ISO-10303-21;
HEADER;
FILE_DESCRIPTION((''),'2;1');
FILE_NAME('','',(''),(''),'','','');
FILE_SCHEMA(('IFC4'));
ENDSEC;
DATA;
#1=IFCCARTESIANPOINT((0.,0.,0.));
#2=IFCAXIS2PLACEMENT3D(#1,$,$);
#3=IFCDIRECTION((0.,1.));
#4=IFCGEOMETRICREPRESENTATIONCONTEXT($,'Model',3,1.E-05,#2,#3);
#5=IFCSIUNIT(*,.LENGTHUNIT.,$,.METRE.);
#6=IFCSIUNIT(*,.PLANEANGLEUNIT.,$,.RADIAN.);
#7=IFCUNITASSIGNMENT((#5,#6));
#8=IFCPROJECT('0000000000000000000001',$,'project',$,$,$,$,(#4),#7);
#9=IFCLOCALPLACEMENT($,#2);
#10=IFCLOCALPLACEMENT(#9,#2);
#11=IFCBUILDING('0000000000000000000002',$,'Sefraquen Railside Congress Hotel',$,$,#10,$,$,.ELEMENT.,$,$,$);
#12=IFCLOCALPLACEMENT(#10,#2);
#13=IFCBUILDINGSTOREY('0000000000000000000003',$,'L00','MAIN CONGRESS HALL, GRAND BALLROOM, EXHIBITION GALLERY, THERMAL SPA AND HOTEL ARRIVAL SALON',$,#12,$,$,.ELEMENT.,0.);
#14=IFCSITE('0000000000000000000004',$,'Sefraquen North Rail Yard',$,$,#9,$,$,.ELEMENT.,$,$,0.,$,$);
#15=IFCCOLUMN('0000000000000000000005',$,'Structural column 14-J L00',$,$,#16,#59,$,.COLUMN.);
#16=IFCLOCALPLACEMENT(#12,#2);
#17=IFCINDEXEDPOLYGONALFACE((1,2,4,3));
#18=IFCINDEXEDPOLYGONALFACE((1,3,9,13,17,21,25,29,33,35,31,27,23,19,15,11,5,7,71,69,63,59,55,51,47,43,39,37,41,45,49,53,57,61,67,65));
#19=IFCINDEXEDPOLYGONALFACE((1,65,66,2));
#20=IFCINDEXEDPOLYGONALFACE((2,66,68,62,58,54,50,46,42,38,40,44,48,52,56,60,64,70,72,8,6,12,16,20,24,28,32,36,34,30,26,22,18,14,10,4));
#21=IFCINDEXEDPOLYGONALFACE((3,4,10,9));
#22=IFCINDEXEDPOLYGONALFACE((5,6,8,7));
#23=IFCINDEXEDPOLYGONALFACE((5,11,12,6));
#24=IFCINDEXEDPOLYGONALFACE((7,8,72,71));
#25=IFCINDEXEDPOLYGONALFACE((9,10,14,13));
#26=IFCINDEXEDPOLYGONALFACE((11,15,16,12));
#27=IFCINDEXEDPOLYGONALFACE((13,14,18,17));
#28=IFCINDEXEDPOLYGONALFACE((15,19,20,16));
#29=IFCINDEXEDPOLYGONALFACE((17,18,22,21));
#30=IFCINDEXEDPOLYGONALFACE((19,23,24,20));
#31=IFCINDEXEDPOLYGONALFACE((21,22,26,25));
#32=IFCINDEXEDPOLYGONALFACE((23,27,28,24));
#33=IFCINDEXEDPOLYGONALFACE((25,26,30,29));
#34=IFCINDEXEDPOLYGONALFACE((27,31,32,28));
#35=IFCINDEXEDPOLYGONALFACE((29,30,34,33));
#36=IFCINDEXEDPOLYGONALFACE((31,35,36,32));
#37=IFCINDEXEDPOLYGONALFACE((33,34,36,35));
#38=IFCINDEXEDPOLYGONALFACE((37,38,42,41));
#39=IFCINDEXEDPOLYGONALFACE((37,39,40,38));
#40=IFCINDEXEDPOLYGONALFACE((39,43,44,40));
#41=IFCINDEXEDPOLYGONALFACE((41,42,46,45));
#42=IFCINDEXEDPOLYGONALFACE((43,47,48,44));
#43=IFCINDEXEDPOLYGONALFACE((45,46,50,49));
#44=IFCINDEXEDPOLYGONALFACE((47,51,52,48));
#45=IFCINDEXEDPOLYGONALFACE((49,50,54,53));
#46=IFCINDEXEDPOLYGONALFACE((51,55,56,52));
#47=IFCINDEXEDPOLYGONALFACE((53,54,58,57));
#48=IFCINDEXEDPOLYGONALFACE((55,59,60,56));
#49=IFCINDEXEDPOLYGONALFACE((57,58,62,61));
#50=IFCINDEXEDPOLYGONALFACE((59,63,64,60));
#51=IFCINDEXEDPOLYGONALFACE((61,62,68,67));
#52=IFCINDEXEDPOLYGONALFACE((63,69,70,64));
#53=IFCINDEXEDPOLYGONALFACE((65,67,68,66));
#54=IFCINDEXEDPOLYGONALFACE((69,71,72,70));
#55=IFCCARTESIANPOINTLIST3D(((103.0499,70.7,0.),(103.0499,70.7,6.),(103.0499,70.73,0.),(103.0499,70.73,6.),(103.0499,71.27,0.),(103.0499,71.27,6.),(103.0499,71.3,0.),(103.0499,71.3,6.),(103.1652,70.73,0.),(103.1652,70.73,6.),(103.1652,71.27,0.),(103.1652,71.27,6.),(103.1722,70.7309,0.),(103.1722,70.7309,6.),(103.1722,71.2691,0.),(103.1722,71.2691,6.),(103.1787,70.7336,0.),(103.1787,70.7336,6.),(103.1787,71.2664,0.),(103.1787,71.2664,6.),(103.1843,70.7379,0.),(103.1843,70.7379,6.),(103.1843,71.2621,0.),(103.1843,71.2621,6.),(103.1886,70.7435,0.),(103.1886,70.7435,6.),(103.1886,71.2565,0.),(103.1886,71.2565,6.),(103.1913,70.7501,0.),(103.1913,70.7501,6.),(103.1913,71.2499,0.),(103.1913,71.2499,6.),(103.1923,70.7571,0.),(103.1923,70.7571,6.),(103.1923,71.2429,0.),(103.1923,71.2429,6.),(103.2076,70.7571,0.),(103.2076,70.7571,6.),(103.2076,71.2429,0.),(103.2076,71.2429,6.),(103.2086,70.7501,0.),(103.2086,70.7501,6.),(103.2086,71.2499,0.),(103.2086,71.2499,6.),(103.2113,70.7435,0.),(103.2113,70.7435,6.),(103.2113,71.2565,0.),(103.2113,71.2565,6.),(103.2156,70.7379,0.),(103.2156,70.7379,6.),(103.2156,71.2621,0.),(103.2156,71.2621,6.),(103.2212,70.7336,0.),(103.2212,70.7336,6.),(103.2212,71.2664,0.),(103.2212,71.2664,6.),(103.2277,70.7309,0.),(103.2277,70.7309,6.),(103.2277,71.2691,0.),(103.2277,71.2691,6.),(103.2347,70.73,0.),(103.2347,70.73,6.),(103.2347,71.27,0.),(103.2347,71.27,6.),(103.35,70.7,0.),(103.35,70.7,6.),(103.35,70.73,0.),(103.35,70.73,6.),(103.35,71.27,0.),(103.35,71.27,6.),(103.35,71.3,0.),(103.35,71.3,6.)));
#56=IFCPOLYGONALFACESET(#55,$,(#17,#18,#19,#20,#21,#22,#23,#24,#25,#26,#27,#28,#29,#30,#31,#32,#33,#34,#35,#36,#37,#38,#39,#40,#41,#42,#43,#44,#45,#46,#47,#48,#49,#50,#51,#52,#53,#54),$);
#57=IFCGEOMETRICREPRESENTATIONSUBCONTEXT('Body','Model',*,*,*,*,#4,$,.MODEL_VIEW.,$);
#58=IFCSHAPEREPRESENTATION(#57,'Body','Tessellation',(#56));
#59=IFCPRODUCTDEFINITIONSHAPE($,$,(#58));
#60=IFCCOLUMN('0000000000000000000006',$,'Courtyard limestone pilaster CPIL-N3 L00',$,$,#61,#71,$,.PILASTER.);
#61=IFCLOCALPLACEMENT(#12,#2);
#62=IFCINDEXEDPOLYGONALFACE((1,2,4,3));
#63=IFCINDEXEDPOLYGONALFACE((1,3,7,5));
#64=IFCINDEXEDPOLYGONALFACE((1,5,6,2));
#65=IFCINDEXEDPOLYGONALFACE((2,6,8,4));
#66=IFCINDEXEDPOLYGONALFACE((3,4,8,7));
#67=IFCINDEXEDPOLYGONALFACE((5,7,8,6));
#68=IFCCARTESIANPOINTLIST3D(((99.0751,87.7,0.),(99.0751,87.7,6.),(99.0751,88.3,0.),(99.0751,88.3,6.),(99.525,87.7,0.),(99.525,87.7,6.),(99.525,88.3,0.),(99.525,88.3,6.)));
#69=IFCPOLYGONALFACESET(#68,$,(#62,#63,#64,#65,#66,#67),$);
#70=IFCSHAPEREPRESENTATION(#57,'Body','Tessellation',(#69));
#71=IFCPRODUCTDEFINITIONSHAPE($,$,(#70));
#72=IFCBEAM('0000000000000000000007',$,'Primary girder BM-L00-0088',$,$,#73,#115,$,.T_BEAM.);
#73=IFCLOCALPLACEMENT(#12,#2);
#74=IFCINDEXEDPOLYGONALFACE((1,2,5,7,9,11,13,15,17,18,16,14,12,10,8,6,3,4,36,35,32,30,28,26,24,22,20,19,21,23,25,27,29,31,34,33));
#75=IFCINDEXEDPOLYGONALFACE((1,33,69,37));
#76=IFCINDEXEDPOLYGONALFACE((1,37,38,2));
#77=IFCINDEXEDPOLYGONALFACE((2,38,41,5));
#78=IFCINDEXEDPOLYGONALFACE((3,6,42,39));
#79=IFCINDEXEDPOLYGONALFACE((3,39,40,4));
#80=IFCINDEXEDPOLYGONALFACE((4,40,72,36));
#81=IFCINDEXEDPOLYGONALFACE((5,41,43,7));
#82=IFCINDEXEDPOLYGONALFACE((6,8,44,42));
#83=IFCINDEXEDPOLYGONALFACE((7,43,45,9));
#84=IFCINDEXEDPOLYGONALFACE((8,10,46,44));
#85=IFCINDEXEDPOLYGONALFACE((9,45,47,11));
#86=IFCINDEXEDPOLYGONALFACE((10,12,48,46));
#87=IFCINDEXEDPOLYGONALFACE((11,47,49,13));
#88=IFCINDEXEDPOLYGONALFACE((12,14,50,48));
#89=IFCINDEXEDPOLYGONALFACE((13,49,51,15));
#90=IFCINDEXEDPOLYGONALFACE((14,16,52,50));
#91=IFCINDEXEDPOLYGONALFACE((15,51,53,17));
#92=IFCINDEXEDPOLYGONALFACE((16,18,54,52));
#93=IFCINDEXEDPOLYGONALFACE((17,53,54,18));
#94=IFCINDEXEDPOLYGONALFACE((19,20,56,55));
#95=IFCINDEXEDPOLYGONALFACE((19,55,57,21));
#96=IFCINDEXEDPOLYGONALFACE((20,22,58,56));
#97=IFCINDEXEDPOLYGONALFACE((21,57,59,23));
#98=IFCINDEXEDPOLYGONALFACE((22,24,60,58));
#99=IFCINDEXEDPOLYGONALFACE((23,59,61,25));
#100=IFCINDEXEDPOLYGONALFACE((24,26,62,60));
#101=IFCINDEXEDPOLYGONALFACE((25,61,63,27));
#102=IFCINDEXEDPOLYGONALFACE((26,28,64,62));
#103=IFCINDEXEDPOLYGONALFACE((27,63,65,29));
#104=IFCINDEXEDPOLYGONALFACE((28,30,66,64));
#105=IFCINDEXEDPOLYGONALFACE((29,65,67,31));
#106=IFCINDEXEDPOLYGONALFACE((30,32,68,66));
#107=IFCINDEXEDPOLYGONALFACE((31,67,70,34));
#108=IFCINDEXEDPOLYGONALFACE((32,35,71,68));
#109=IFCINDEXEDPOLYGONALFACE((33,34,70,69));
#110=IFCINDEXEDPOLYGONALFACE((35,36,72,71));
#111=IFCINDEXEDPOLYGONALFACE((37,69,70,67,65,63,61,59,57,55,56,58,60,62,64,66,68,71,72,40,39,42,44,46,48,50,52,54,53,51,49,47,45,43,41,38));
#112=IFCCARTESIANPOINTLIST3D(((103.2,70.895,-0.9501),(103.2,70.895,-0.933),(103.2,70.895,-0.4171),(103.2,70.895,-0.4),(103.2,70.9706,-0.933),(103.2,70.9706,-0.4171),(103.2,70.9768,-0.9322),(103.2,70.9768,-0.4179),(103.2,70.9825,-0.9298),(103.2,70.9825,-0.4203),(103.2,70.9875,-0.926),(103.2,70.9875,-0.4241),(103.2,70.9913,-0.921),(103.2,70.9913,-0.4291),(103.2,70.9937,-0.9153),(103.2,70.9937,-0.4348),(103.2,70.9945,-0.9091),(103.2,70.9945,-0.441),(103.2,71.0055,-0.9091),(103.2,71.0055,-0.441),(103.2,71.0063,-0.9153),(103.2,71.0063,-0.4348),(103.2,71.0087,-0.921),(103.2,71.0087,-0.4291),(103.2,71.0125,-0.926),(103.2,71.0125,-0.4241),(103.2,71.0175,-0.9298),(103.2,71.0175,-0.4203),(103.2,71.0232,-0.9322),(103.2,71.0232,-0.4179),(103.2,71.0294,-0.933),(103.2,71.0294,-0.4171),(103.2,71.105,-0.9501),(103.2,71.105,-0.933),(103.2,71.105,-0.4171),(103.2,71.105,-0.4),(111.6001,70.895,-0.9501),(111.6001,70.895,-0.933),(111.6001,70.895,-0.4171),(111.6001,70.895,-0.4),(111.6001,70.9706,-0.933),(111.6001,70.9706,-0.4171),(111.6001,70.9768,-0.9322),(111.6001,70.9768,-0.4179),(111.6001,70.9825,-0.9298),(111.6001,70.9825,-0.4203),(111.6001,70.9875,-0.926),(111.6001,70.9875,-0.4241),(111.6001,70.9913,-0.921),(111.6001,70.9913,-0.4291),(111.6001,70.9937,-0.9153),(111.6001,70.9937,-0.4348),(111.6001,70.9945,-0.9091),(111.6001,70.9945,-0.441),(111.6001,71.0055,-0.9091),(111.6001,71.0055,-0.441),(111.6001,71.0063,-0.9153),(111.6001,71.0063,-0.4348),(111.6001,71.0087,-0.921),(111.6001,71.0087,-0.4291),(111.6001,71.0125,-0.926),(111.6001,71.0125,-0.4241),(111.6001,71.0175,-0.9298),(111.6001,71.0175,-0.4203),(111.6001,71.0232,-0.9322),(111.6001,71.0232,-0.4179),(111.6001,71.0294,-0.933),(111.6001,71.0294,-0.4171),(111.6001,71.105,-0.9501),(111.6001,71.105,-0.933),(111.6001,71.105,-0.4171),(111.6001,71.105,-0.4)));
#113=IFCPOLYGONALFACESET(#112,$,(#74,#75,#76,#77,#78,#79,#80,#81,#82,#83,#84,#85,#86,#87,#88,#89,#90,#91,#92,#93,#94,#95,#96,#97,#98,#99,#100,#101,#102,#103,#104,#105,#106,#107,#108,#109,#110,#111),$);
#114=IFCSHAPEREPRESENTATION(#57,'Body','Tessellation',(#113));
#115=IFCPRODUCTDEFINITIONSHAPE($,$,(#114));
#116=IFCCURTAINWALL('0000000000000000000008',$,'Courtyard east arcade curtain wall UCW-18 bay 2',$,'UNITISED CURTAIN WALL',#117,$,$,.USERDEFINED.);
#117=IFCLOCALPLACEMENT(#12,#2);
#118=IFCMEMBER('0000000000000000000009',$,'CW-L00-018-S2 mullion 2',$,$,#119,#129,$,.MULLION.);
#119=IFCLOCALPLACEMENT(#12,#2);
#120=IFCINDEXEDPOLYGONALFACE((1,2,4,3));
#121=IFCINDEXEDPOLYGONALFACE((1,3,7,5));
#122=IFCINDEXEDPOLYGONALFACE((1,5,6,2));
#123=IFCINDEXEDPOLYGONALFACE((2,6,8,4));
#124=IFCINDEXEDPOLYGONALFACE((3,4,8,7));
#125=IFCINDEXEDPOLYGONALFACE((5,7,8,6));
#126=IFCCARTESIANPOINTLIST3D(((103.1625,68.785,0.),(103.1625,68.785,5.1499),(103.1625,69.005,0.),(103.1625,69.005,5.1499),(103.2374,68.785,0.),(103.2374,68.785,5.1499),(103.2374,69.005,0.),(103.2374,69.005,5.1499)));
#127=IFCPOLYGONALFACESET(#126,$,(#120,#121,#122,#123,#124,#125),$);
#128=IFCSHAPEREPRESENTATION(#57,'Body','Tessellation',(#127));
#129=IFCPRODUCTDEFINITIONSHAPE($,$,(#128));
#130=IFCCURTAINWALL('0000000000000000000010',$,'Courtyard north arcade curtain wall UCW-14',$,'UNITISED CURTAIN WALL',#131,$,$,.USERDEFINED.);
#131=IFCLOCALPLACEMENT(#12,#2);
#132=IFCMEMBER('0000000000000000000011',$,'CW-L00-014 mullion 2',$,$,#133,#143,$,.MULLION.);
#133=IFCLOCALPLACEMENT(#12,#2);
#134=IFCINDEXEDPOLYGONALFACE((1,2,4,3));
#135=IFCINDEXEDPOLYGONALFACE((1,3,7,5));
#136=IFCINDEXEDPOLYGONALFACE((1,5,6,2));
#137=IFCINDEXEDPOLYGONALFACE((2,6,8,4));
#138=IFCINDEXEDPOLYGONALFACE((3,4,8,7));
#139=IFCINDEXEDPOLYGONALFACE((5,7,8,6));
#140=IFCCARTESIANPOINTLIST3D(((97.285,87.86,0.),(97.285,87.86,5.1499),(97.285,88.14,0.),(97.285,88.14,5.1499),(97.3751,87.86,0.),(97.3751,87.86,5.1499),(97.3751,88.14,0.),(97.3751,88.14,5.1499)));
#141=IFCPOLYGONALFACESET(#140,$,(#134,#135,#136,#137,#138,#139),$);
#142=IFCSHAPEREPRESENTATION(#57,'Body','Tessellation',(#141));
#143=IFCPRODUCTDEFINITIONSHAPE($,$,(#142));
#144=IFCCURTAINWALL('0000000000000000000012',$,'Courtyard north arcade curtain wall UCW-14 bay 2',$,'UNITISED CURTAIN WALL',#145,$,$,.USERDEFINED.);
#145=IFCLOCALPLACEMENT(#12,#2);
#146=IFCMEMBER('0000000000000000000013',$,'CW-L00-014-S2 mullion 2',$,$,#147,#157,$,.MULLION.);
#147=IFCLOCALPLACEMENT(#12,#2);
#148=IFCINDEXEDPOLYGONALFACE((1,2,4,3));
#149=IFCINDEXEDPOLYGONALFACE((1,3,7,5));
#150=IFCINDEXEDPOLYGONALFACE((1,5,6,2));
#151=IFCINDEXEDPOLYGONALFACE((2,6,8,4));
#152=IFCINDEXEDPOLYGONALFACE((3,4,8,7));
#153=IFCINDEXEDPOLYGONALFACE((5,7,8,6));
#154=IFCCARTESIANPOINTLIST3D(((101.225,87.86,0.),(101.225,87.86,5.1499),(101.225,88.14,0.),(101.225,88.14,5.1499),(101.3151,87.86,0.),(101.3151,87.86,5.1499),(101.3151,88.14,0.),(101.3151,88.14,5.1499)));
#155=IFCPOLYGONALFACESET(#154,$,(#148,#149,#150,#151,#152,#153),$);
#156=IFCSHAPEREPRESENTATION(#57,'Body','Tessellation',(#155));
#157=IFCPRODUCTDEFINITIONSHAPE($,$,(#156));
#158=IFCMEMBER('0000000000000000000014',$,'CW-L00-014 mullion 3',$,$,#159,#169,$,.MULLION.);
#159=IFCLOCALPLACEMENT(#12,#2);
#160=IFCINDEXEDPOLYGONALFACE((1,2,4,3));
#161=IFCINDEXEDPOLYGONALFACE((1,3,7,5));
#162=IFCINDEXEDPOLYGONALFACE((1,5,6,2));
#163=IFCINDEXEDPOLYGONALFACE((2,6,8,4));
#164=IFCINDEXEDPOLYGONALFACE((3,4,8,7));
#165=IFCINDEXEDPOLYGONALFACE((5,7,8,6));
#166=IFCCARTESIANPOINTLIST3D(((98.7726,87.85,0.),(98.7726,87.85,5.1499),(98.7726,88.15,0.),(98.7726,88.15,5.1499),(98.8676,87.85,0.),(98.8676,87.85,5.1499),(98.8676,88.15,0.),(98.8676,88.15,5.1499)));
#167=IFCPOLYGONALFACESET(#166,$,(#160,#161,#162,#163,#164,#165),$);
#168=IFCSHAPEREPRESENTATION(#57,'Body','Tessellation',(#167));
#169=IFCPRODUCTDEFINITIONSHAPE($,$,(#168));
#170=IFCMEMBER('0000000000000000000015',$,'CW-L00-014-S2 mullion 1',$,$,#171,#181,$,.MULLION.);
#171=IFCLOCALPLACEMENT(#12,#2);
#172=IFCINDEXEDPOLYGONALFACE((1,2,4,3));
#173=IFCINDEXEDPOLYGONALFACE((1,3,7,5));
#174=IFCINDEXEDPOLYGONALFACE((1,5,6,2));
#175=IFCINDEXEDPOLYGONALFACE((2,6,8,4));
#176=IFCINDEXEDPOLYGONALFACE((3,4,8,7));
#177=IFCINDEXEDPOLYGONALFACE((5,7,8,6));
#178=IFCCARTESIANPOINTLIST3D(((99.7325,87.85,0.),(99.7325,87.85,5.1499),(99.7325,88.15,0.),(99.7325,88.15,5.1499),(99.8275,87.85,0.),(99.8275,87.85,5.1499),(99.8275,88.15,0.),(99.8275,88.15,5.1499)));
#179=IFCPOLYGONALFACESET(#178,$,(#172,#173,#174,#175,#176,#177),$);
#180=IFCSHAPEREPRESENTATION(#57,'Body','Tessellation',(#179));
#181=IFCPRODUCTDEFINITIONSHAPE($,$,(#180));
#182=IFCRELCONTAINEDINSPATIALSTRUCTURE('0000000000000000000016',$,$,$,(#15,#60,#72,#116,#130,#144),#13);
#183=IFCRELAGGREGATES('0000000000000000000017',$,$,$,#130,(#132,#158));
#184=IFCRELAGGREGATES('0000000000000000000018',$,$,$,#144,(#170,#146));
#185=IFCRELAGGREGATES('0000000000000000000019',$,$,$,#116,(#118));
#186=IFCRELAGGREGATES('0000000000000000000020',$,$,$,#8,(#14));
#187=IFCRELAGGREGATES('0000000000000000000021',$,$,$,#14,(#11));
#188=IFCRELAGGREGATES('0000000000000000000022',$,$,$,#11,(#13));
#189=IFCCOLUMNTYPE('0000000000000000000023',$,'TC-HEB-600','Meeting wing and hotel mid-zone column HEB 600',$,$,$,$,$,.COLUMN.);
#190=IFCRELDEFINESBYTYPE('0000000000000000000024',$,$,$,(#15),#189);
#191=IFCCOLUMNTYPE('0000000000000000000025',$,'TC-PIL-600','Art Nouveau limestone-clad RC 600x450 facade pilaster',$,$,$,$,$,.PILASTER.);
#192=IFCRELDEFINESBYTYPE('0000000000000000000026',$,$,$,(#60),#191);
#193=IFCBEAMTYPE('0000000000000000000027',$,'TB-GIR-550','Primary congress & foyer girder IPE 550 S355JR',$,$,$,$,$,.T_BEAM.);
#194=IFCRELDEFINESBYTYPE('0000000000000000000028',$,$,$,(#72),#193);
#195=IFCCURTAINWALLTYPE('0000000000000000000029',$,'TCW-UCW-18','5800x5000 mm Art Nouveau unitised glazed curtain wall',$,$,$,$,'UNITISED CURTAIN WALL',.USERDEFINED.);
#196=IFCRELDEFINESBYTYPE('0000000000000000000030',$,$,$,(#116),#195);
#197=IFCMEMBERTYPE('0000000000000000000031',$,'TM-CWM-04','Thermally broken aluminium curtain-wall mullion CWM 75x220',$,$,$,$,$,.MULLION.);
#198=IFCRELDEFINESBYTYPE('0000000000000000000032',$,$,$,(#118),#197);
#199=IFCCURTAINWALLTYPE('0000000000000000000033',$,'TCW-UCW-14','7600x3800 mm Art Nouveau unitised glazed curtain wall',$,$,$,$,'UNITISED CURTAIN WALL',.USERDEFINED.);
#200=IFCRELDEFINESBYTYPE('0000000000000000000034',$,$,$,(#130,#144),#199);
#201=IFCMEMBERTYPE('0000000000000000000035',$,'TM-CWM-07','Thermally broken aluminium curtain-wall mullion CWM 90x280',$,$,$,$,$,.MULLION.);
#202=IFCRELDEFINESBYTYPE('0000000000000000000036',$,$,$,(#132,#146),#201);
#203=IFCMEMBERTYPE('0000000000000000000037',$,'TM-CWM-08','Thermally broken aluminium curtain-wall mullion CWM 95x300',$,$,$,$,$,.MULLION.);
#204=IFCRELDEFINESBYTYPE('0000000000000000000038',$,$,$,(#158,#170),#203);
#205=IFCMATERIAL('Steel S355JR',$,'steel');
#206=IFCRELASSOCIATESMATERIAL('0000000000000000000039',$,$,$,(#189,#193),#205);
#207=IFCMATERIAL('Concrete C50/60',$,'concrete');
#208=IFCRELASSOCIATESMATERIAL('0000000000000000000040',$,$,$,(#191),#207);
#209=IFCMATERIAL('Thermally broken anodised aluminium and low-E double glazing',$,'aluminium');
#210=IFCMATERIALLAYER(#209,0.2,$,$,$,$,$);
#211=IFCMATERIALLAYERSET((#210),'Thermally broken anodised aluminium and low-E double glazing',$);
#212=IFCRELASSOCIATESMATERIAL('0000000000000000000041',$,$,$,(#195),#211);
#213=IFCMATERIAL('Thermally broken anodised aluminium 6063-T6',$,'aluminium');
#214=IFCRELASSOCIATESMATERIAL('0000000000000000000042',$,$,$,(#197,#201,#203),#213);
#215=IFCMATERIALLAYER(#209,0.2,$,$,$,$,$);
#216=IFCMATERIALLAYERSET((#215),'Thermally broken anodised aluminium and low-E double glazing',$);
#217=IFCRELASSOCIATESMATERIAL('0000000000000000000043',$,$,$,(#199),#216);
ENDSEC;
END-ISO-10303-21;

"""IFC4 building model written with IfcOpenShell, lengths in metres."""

from ifc_helpers import new_model, si_unit, direction, frame, origin, origin_2d, place, context, subcontext, project, spatial, rectangle, i_section, extrude, material, layer, layer_set, material_profile, profile_set, type_object, element, aggregate, save


model = new_model("IFC4")

# Units and contexts
model_context = context("Model", 3, precision=1e-05, world=origin(), true_north=direction((0.0, 1.0)))
body_context = subcontext(model_context, "Body", "Model", "MODEL_VIEW")
ifc_project = project(units=[si_unit("LENGTHUNIT", "METRE"), si_unit("PLANEANGLEUNIT", "RADIAN")], contexts=[model_context])

# Site, building, storey
site_placement = place(None, origin())
site = spatial("IfcSite", under=ifc_project, at=site_placement, Name="Sefraquen North Rail Yard", CompositionType="ELEMENT", RefElevation=0.0)
building_placement = place(site_placement, origin())
building = spatial("IfcBuilding", under=site, at=building_placement, Name="Sefraquen Railside Congress Hotel", CompositionType="ELEMENT")
storey_placement = place(building_placement, origin())
storey = spatial("IfcBuildingStorey", under=building, at=storey_placement, Name="L00", Description="MAIN CONGRESS HALL, GRAND BALLROOM, EXHIBITION GALLERY, THERMAL SPA AND HOTEL ARRIVAL SALON", CompositionType="ELEMENT", Elevation=0.0)

# Columns
ifc_material_1 = material(Name="Steel S355JR", Category="steel")
ifc_material_profile_1 = material_profile(ifc_material_1, i_section(OverallWidth=0.3, OverallDepth=0.6001, WebThickness=0.0154, FlangeThickness=0.03, FilletRadius=0.0271, at=origin_2d()), Name="HEB 600")
ifc_profile_set_1 = profile_set([ifc_material_profile_1], Name="Steel S355JR")
column_type_1 = type_object("IfcColumnType", Name="TC-HEB-600", Description="Meeting wing and hotel mid-zone column HEB 600", PredefinedType="COLUMN", material=ifc_profile_set_1)
column_1_placement = place(storey_placement, frame((103.2, 71.0, 0.0), z_axis=(0.0, 0.0, 1.0), x_axis=(1.0, 0.0, 0.0)))
element("IfcColumn", 1, at=column_1_placement, inside=storey, type_object=column_type_1, Name="Structural column 14-J L00", PredefinedType="COLUMN", context=body_context, shape_type="SweptSolid", body=[
    extrude(i_section(OverallWidth=0.3, OverallDepth=0.6001, WebThickness=0.0154, FlangeThickness=0.03, FilletRadius=0.0271, at=origin_2d()), origin(), (0.0, 0.0, 1.0), 6.0),
])
ifc_material_2 = material(Name="Concrete C50/60", Category="concrete")
ifc_material_profile_2 = material_profile(ifc_material_2, rectangle(XDim=0.45, YDim=0.6001, at=origin_2d()), Name="RC 600x450")
ifc_profile_set_2 = profile_set([ifc_material_profile_2], Name="Concrete C50/60")
column_type_2 = type_object("IfcColumnType", Name="TC-PIL-600", Description="Art Nouveau limestone-clad RC 600x450 facade pilaster", PredefinedType="PILASTER", material=ifc_profile_set_2)
column_2_placement = place(storey_placement, frame((99.3, 88.0, 0.0), z_axis=(0.0, 0.0, 1.0), x_axis=(1.0, 0.0, 0.0)))
element("IfcColumn", 2, at=column_2_placement, inside=storey, type_object=column_type_2, Name="Courtyard limestone pilaster CPIL-N3 L00", PredefinedType="PILASTER", context=body_context, shape_type="SweptSolid", body=[
    extrude(rectangle(XDim=0.45, YDim=0.6001, at=origin_2d()), origin(), (0.0, 0.0, 1.0), 6.0),
])

# Beam
ifc_material_profile_3 = material_profile(ifc_material_1, i_section(OverallWidth=0.21, OverallDepth=0.55, WebThickness=0.011, FlangeThickness=0.0171, FilletRadius=0.0239, at=origin_2d()), Name="IPE 550")
ifc_profile_set_3 = profile_set([ifc_material_profile_3], Name="Steel S355JR")
beam_type = type_object("IfcBeamType", Name="TB-GIR-550", Description="Primary congress & foyer girder IPE 550 S355JR", PredefinedType="T_BEAM", material=ifc_profile_set_3)
beam_placement = place(storey_placement, frame((103.2, 71.0, -0.675), z_axis=(1.0, 0.0, 0.0), x_axis=(0.0, 1.0, 0.0)))
element("IfcBeam", 3, at=beam_placement, inside=storey, type_object=beam_type, Name="Primary girder BM-L00-0088", PredefinedType="T_BEAM", context=body_context, shape_type="SweptSolid", body=[
    extrude(i_section(OverallWidth=0.21, OverallDepth=0.55, WebThickness=0.011, FlangeThickness=0.0171, FilletRadius=0.0239, at=origin_2d()), origin(), (0.0, 0.0, 1.0), 8.4001),
])

# Curtain walls, members
ifc_material_3 = material(Name="Thermally broken anodised aluminium and low-E double glazing", Category="aluminium")
ifc_layer_1 = layer(ifc_material_3, 0.2)
ifc_layer_set_1 = layer_set([ifc_layer_1], Name="Thermally broken anodised aluminium and low-E double glazing")
curtain_wall_type_1 = type_object("IfcCurtainWallType", Name="TCW-UCW-18", Description="5800x5000 mm Art Nouveau unitised glazed curtain wall", ElementType="UNITISED CURTAIN WALL", PredefinedType="USERDEFINED", material=ifc_layer_set_1)
curtain_wall_1_placement = place(storey_placement, origin())
curtain_wall_1 = element("IfcCurtainWall", 4, at=curtain_wall_1_placement, inside=storey, type_object=curtain_wall_type_1, Name="Courtyard east arcade curtain wall UCW-18 bay 2", ObjectType="UNITISED CURTAIN WALL", PredefinedType="USERDEFINED")
ifc_material_4 = material(Name="Thermally broken anodised aluminium 6063-T6", Category="aluminium")
ifc_material_profile_4 = material_profile(ifc_material_4, rectangle(XDim=0.075, YDim=0.22, at=origin_2d()), Name="CWM 75x220")
ifc_profile_set_4 = profile_set([ifc_material_profile_4], Name="Thermally broken anodised aluminium 6063-T6")
member_type_1 = type_object("IfcMemberType", Name="TM-CWM-04", Description="Thermally broken aluminium curtain-wall mullion CWM 75x220", PredefinedType="MULLION", material=ifc_profile_set_4)
member_1_placement = place(storey_placement, frame((103.2, 68.895, 0.0), z_axis=(0.0, 0.0, 1.0), x_axis=(1.0, 0.0, 0.0)))
member_1 = element("IfcMember", 5, at=member_1_placement, type_object=member_type_1, Name="CW-L00-018-S2 mullion 2", PredefinedType="MULLION", context=body_context, shape_type="SweptSolid", body=[
    extrude(rectangle(XDim=0.075, YDim=0.22, at=origin_2d()), origin(), (0.0, 0.0, 1.0), 5.1499),
])
ifc_layer_2 = layer(ifc_material_3, 0.2)
ifc_layer_set_2 = layer_set([ifc_layer_2], Name="Thermally broken anodised aluminium and low-E double glazing")
curtain_wall_type_2 = type_object("IfcCurtainWallType", Name="TCW-UCW-14", Description="7600x3800 mm Art Nouveau unitised glazed curtain wall", ElementType="UNITISED CURTAIN WALL", PredefinedType="USERDEFINED", material=ifc_layer_set_2)
curtain_wall_2_placement = place(storey_placement, origin())
curtain_wall_2 = element("IfcCurtainWall", 6, at=curtain_wall_2_placement, inside=storey, type_object=curtain_wall_type_2, Name="Courtyard north arcade curtain wall UCW-14", ObjectType="UNITISED CURTAIN WALL", PredefinedType="USERDEFINED")
ifc_material_profile_5 = material_profile(ifc_material_4, rectangle(XDim=0.0901, YDim=0.28, at=origin_2d()), Name="CWM 90x280")
ifc_profile_set_5 = profile_set([ifc_material_profile_5], Name="Thermally broken anodised aluminium 6063-T6")
member_type_2 = type_object("IfcMemberType", Name="TM-CWM-07", Description="Thermally broken aluminium curtain-wall mullion CWM 90x280", PredefinedType="MULLION", material=ifc_profile_set_5)
member_2_placement = place(storey_placement, frame((97.3301, 88.0, 0.0), z_axis=(0.0, 0.0, 1.0), x_axis=(1.0, 0.0, 0.0)))
member_2 = element("IfcMember", 7, at=member_2_placement, type_object=member_type_2, Name="CW-L00-014 mullion 2", PredefinedType="MULLION", context=body_context, shape_type="SweptSolid", body=[
    extrude(rectangle(XDim=0.0901, YDim=0.28, at=origin_2d()), origin(), (0.0, 0.0, 1.0), 5.1499),
])
curtain_wall_3_placement = place(storey_placement, origin())
curtain_wall_3 = element("IfcCurtainWall", 8, at=curtain_wall_3_placement, inside=storey, type_object=curtain_wall_type_2, Name="Courtyard north arcade curtain wall UCW-14 bay 2", ObjectType="UNITISED CURTAIN WALL", PredefinedType="USERDEFINED")
member_3_placement = place(storey_placement, frame((101.27, 88.0, 0.0), z_axis=(0.0, 0.0, 1.0), x_axis=(1.0, 0.0, 0.0)))
member_3 = element("IfcMember", 9, at=member_3_placement, type_object=member_type_2, Name="CW-L00-014-S2 mullion 2", PredefinedType="MULLION", context=body_context, shape_type="SweptSolid", body=[
    extrude(rectangle(XDim=0.0901, YDim=0.28, at=origin_2d()), origin(), (0.0, 0.0, 1.0), 5.1499),
])

# Members
ifc_material_profile_6 = material_profile(ifc_material_4, rectangle(XDim=0.095, YDim=0.3, at=origin_2d()), Name="CWM 95x300")
ifc_profile_set_6 = profile_set([ifc_material_profile_6], Name="Thermally broken anodised aluminium 6063-T6")
member_type_3 = type_object("IfcMemberType", Name="TM-CWM-08", Description="Thermally broken aluminium curtain-wall mullion CWM 95x300", PredefinedType="MULLION", material=ifc_profile_set_6)
member_4_placement = place(storey_placement, frame((98.8201, 88.0, 0.0), z_axis=(0.0, 0.0, 1.0), x_axis=(1.0, 0.0, 0.0)))
member_4 = element("IfcMember", 10, at=member_4_placement, type_object=member_type_3, Name="CW-L00-014 mullion 3", PredefinedType="MULLION", context=body_context, shape_type="SweptSolid", body=[
    extrude(rectangle(XDim=0.095, YDim=0.3, at=origin_2d()), origin(), (0.0, 0.0, 1.0), 5.1499),
])
member_5_placement = place(storey_placement, frame((99.78, 88.0, 0.0), z_axis=(0.0, 0.0, 1.0), x_axis=(1.0, 0.0, 0.0)))
member_5 = element("IfcMember", 11, at=member_5_placement, type_object=member_type_3, Name="CW-L00-014-S2 mullion 1", PredefinedType="MULLION", context=body_context, shape_type="SweptSolid", body=[
    extrude(rectangle(XDim=0.095, YDim=0.3, at=origin_2d()), origin(), (0.0, 0.0, 1.0), 5.1499),
])

aggregate(curtain_wall_2, [member_2, member_4])
aggregate(curtain_wall_3, [member_5, member_3])
aggregate(curtain_wall_1, [member_1])

save(model, "model.ifc")
